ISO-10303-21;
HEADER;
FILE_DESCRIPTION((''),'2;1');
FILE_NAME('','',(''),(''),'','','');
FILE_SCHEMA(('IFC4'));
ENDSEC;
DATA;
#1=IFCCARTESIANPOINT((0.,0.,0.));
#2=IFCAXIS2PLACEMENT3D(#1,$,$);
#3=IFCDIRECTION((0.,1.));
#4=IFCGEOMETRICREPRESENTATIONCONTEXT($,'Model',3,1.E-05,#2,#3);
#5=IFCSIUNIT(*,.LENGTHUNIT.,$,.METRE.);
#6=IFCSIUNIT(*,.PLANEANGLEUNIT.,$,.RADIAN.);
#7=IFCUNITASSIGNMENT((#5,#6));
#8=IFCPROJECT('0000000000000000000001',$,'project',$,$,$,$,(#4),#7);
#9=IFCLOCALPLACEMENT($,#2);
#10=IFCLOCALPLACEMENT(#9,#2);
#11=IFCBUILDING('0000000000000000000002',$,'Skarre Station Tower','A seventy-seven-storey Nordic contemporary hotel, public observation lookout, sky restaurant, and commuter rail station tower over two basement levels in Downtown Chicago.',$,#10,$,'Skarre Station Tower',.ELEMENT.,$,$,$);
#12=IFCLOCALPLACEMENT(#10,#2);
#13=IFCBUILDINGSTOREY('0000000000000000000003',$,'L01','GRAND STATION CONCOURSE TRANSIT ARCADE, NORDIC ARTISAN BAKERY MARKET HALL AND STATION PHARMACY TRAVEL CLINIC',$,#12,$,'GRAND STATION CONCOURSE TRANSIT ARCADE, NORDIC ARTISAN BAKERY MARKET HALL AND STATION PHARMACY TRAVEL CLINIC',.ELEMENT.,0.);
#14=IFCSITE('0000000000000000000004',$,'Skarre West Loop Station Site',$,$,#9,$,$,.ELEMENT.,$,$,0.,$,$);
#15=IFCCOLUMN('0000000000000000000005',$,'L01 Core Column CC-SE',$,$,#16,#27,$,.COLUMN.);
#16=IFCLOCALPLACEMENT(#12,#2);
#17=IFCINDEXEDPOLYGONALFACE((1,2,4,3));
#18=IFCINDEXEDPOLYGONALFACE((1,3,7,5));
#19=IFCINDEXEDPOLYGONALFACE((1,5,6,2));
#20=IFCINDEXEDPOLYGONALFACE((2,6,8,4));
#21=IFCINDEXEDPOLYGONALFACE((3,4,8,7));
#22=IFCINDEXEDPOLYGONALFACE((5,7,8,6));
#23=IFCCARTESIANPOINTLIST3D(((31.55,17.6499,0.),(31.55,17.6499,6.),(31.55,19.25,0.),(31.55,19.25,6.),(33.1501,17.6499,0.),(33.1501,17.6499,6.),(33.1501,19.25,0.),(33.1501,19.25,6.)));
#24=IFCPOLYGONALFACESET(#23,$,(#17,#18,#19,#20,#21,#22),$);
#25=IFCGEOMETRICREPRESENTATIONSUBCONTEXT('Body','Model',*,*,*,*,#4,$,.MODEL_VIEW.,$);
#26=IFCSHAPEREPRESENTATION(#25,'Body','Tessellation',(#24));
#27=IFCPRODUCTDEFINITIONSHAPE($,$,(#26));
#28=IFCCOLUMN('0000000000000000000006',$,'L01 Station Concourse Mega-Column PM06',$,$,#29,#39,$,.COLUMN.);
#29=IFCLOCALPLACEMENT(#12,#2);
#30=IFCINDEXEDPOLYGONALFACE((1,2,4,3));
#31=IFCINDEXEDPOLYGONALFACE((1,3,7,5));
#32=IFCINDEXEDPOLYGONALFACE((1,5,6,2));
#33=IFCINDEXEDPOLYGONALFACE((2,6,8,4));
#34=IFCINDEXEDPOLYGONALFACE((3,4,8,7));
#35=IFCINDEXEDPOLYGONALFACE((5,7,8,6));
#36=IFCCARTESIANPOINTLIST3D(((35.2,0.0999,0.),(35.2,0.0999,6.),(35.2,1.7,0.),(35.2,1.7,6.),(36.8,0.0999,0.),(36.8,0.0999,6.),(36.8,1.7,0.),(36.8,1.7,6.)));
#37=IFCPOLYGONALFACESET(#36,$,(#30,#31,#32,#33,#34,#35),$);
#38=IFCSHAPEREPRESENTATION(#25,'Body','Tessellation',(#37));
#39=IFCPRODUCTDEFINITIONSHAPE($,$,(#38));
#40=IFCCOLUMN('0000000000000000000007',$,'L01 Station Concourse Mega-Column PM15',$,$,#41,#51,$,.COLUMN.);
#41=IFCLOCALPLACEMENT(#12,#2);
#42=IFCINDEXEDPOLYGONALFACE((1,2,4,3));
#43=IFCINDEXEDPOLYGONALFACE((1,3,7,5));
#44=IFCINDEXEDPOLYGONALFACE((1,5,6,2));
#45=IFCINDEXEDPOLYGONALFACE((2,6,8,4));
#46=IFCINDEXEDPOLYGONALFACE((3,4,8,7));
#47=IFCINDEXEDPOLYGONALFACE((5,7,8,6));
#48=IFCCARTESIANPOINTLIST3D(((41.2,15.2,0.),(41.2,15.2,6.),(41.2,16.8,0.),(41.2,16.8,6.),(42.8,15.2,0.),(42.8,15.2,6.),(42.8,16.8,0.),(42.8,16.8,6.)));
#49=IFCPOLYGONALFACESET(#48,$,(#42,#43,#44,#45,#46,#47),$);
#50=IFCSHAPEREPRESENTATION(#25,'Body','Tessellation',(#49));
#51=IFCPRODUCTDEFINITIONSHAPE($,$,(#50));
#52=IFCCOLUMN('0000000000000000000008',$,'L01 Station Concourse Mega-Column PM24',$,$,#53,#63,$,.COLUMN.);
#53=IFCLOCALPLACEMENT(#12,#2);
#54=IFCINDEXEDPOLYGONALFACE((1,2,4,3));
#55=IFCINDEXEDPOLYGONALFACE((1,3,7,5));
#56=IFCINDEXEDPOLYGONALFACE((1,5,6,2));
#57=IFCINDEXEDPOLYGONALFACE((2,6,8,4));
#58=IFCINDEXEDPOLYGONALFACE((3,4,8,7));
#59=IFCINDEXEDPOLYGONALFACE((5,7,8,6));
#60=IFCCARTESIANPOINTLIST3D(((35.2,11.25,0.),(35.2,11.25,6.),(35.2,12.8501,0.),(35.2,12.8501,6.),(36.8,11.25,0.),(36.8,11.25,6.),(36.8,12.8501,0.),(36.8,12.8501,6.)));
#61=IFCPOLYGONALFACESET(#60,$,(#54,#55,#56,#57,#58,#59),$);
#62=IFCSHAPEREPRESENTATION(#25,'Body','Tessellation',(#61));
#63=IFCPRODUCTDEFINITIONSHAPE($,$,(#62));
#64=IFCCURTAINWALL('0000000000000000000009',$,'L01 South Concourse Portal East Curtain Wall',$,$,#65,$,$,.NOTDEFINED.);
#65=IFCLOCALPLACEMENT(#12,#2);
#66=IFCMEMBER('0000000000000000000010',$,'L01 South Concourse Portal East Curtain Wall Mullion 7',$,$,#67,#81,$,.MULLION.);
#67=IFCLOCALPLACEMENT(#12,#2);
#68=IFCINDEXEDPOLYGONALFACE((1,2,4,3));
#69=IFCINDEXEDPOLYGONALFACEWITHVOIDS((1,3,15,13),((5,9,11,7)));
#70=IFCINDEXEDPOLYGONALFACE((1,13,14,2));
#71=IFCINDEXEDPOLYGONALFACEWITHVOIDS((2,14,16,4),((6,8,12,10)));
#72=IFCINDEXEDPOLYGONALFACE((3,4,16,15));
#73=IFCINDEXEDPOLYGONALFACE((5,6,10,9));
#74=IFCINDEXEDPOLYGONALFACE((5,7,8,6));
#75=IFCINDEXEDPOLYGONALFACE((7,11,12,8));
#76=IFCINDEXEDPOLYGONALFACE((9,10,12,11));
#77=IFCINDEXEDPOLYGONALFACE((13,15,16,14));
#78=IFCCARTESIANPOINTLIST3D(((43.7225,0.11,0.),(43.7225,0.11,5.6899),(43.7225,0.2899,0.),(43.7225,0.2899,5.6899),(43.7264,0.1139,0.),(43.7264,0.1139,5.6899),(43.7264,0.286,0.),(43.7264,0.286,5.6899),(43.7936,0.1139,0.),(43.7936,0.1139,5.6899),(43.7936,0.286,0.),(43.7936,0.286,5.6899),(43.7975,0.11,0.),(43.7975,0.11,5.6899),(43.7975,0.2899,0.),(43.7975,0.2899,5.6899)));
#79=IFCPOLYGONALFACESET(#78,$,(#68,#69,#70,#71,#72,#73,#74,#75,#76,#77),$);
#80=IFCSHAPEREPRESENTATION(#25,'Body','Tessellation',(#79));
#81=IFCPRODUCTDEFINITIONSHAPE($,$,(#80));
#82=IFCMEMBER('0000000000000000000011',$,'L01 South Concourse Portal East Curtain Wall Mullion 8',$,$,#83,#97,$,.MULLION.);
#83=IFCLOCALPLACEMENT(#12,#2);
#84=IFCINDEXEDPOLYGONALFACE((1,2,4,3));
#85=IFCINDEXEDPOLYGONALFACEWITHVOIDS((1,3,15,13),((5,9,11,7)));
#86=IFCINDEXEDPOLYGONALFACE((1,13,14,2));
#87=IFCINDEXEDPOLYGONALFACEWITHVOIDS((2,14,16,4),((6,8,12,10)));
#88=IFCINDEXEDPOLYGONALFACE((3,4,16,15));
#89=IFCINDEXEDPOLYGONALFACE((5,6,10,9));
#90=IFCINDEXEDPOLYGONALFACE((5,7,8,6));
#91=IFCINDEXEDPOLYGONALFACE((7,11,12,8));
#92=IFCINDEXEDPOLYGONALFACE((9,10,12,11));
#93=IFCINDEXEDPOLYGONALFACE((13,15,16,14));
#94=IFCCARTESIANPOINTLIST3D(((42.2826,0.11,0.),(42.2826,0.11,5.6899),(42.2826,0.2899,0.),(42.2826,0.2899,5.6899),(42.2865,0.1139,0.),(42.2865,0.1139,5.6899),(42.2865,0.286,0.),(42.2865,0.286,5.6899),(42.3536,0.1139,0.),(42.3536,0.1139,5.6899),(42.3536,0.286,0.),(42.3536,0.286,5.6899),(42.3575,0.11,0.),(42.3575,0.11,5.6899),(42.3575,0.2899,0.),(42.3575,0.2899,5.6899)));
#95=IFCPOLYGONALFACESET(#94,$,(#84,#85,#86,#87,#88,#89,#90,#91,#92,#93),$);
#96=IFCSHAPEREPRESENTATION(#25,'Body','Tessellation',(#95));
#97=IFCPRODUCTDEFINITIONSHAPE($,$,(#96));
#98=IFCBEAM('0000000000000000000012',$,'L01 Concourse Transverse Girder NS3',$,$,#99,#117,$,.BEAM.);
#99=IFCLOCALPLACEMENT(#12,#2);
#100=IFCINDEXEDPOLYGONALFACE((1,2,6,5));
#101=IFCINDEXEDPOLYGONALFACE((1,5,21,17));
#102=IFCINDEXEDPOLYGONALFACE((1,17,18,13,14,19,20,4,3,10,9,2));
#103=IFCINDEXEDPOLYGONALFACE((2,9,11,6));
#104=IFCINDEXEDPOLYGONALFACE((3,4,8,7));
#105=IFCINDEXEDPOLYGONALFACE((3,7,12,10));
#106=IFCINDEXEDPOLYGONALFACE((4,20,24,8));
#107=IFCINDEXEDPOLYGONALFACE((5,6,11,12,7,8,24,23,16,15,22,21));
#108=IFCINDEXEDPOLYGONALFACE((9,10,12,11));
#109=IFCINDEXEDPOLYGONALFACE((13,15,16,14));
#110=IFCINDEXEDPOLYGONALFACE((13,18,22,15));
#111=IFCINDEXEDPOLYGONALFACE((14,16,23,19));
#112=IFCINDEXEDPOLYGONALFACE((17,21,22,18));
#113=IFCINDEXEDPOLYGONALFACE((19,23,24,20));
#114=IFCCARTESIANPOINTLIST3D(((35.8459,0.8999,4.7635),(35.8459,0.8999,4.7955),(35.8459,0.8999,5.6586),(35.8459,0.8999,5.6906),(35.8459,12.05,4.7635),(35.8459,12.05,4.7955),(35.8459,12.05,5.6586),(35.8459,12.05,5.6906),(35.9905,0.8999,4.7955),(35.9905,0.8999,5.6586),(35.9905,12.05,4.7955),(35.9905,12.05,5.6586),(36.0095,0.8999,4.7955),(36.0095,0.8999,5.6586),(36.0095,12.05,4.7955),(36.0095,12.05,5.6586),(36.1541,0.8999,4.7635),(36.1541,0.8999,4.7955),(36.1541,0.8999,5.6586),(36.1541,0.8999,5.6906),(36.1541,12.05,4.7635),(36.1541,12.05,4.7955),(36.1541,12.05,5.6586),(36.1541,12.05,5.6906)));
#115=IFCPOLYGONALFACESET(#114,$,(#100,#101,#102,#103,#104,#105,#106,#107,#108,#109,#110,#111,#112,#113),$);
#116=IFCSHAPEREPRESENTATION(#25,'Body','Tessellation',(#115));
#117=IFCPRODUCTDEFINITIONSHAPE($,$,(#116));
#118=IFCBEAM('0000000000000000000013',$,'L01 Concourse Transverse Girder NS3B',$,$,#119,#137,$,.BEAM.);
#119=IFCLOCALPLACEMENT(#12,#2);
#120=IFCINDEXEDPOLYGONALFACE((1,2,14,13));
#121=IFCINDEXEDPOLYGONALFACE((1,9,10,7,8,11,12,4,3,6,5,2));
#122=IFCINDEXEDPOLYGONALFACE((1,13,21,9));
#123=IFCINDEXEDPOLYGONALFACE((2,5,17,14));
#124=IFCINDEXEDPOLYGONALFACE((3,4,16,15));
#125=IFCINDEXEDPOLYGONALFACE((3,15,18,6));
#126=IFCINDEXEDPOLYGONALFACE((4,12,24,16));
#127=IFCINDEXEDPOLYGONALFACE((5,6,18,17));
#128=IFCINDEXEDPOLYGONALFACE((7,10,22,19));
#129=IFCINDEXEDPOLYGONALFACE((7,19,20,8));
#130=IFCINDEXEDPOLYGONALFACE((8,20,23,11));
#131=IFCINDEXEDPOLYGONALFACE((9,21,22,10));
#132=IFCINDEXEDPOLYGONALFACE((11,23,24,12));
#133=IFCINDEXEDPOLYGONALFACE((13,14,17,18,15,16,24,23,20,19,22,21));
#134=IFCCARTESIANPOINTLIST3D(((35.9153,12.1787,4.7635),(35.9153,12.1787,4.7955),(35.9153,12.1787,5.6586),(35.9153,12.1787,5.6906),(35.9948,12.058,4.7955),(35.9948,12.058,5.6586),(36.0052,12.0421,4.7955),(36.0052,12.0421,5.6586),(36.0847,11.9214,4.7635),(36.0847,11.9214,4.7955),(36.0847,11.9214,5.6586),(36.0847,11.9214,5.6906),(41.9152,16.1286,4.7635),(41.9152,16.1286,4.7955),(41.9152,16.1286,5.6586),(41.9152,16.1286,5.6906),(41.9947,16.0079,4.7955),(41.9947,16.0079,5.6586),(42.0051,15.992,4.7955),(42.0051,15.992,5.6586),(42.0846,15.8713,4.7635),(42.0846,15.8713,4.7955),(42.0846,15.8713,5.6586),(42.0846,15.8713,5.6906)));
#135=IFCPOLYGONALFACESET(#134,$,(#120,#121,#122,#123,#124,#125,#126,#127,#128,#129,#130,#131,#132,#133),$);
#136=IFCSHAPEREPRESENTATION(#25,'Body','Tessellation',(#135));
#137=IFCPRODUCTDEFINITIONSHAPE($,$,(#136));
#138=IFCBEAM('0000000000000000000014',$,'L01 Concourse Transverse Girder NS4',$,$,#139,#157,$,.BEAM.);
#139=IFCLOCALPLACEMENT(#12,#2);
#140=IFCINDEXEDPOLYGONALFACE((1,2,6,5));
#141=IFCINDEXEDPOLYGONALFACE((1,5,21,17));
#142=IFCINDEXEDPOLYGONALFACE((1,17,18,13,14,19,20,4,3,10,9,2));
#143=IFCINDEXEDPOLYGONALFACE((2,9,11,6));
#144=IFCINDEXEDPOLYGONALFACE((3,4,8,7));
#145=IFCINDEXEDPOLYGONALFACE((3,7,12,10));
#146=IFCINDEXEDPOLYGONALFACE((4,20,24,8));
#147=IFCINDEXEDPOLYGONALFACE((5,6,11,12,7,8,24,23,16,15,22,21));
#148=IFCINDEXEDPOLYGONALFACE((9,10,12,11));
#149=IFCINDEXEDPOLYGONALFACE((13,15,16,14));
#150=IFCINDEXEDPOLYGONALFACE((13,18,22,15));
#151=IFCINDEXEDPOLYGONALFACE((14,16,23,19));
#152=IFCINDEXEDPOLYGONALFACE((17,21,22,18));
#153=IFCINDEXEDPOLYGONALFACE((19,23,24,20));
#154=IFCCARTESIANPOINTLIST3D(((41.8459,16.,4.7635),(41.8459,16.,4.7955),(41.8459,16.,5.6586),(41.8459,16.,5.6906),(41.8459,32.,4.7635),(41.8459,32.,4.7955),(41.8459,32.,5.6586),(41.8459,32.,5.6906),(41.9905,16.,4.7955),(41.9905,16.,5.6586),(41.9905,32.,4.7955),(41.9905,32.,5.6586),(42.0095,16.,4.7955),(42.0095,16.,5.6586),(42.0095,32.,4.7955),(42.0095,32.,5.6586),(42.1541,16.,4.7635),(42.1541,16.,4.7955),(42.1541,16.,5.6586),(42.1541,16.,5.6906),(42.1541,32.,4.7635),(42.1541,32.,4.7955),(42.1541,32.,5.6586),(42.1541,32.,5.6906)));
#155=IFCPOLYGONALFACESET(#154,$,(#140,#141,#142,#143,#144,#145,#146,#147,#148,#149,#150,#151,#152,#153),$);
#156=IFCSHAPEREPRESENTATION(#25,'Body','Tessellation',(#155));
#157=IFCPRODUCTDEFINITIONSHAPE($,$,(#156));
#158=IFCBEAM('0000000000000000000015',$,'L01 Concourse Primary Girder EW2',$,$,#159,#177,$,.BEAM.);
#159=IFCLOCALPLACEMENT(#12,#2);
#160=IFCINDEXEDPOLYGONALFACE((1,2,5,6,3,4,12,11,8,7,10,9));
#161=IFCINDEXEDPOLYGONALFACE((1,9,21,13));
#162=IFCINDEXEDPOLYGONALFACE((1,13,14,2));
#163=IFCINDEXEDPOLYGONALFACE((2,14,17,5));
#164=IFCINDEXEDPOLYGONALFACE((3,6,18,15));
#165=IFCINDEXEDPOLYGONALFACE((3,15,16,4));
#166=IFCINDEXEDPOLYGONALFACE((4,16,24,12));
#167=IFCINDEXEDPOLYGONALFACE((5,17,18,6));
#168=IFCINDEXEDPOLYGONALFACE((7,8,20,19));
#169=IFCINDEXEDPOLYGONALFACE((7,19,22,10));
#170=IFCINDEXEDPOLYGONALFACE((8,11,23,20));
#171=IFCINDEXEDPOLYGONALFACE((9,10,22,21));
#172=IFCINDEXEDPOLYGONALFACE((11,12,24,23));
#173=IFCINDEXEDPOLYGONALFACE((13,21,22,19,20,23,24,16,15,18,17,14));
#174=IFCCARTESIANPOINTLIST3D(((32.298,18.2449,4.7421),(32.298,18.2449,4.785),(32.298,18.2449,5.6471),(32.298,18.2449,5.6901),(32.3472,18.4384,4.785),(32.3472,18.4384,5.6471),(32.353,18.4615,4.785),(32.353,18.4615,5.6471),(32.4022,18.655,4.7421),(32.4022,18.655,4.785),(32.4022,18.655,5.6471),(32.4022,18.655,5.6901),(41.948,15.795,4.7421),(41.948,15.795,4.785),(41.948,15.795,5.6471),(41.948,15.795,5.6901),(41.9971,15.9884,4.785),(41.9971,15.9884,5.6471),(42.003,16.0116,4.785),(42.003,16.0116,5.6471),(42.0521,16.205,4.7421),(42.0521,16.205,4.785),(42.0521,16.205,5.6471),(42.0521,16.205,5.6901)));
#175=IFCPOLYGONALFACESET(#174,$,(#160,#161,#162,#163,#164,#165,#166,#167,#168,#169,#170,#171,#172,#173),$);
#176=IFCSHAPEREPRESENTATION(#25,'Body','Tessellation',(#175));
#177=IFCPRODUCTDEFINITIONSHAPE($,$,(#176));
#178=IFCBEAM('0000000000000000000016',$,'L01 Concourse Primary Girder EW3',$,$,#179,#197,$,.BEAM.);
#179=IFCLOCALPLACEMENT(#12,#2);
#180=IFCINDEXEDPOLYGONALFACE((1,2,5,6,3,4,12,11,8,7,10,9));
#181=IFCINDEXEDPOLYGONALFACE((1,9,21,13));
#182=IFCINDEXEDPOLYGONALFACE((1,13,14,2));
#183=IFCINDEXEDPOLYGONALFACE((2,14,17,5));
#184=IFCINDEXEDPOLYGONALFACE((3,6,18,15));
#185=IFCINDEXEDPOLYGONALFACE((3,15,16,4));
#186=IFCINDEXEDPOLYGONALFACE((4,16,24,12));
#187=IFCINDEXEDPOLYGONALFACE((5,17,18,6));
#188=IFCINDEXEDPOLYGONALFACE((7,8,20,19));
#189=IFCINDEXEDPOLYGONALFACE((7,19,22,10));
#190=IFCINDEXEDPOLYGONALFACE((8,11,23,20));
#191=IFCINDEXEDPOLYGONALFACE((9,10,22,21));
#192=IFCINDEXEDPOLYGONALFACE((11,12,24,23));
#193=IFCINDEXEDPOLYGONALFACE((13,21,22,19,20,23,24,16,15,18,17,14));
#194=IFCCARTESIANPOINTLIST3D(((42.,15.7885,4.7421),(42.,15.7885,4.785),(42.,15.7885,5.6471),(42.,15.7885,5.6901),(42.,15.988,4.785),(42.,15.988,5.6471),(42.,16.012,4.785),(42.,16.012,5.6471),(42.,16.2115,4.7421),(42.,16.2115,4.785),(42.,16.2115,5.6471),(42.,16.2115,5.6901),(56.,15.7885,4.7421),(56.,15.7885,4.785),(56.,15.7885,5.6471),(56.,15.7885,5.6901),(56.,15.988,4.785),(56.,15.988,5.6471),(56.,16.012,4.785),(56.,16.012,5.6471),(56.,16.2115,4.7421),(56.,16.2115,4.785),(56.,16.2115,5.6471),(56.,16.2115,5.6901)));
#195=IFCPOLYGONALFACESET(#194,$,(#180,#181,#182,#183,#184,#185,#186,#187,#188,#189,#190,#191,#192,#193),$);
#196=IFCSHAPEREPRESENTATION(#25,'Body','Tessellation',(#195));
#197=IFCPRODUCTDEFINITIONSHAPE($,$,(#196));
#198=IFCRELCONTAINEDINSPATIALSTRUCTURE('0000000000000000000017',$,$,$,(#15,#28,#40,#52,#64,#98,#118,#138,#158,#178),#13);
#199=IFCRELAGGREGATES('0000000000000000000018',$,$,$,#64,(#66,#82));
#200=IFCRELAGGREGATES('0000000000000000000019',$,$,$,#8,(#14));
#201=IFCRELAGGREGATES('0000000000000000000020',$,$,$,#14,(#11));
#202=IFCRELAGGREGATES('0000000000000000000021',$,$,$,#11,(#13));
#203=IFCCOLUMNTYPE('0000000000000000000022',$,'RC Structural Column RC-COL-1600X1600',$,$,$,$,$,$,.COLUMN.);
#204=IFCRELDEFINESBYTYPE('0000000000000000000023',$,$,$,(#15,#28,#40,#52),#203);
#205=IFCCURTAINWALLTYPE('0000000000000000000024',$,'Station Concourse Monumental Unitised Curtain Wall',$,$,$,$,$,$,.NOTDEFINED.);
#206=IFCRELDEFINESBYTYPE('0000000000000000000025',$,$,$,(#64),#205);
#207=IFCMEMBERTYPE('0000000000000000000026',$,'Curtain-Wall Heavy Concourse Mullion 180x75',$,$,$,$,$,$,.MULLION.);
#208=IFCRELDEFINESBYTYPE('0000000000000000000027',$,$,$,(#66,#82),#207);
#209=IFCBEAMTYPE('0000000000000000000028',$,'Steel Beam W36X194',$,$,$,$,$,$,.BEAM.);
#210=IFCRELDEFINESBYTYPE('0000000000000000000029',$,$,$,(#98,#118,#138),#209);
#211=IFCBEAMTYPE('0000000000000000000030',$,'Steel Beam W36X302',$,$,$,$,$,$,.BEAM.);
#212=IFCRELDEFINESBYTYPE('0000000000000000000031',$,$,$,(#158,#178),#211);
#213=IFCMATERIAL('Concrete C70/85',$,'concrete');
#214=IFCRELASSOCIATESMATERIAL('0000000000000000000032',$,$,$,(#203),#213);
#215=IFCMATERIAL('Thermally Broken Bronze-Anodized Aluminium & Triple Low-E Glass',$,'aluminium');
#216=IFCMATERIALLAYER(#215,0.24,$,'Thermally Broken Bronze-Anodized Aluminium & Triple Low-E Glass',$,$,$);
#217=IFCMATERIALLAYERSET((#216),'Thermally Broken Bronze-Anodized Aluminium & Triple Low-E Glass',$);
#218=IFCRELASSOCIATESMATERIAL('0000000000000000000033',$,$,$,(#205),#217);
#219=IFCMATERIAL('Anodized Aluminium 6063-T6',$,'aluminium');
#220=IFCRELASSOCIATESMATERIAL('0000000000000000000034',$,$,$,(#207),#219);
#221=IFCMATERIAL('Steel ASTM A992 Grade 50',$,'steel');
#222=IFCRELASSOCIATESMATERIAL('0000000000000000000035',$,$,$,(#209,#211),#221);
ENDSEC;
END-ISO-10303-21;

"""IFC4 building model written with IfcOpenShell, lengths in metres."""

from ifc_helpers import new_model, si_unit, direction, frame, origin, origin_2d, place, context, subcontext, project, spatial, rectangle, hollow_rectangle, i_section, extrude, material, layer, layer_set, material_profile, profile_set, type_object, element, aggregate, save


model = new_model("IFC4")

# Units and contexts
model_context = context("Model", 3, precision=1e-05, world=origin(), true_north=direction((0.0, 1.0)))
body_context = subcontext(model_context, "Body", "Model", "MODEL_VIEW")
ifc_project = project(units=[si_unit("LENGTHUNIT", "METRE"), si_unit("PLANEANGLEUNIT", "RADIAN")], contexts=[model_context])

# Site, building, storey
site_placement = place(None, origin())
site = spatial("IfcSite", under=ifc_project, at=site_placement, Name="Skarre West Loop Station Site", CompositionType="ELEMENT", RefElevation=0.0)
building_placement = place(site_placement, origin())
building = spatial("IfcBuilding", under=site, at=building_placement, Name="Skarre Station Tower", Description="A seventy-seven-storey Nordic contemporary hotel, public observation lookout, sky restaurant, and commuter rail station tower over two basement levels in Downtown Chicago.", LongName="Skarre Station Tower", CompositionType="ELEMENT")
storey_placement = place(building_placement, origin())
storey = spatial("IfcBuildingStorey", under=building, at=storey_placement, Name="L01", Description="GRAND STATION CONCOURSE TRANSIT ARCADE, NORDIC ARTISAN BAKERY MARKET HALL AND STATION PHARMACY TRAVEL CLINIC", LongName="GRAND STATION CONCOURSE TRANSIT ARCADE, NORDIC ARTISAN BAKERY MARKET HALL AND STATION PHARMACY TRAVEL CLINIC", CompositionType="ELEMENT", Elevation=0.0)

# Columns
ifc_material_1 = material(Name="Concrete C70/85", Category="concrete")
ifc_material_profile_1 = material_profile(ifc_material_1, rectangle(XDim=1.6001, YDim=1.6001, at=origin_2d()), Name="Concrete C70/85")
ifc_profile_set_1 = profile_set([ifc_material_profile_1], Name="Concrete C70/85")
column_type = type_object("IfcColumnType", Name="RC Structural Column RC-COL-1600X1600", PredefinedType="COLUMN", material=ifc_profile_set_1)
for number, where, z_axis, x_axis, name in (
    (1, (32.3501, 18.45, 0.0), (0.0, 0.0, 1.0), (1.0, 0.0, 0.0), "L01 Core Column CC-SE"),
    (2, (36.0, 0.8999, 0.0), (0.0, 0.0, 1.0), (1.0, 0.0, 0.0), "L01 Station Concourse Mega-Column PM06"),
    (3, (42.0, 16.0, 0.0), (0.0, 0.0, 1.0), (1.0, 0.0, 0.0), "L01 Station Concourse Mega-Column PM15"),
    (4, (36.0, 12.05, 0.0), (0.0, 0.0, 1.0), (1.0, 0.0, 0.0), "L01 Station Concourse Mega-Column PM24"),
):
    element("IfcColumn", number, at=place(storey_placement, frame(where, z_axis=z_axis, x_axis=x_axis)), inside=storey, type_object=column_type, Name=name, PredefinedType="COLUMN", context=body_context, shape_type="SweptSolid", body=[
        extrude(rectangle(XDim=1.6001, YDim=1.6001, at=origin_2d()), origin(), (0.0, 0.0, 1.0), 6.0),
    ])

# Curtain wall, members
ifc_material_2 = material(Name="Thermally Broken Bronze-Anodized Aluminium & Triple Low-E Glass", Category="aluminium")
ifc_layer_1 = layer(ifc_material_2, 0.24, Name="Thermally Broken Bronze-Anodized Aluminium & Triple Low-E Glass")
ifc_layer_set_1 = layer_set([ifc_layer_1], Name="Thermally Broken Bronze-Anodized Aluminium & Triple Low-E Glass")
curtain_wall_type = type_object("IfcCurtainWallType", Name="Station Concourse Monumental Unitised Curtain Wall", PredefinedType="NOTDEFINED", material=ifc_layer_set_1)
curtain_wall_placement = place(storey_placement, origin())
curtain_wall = element("IfcCurtainWall", 5, at=curtain_wall_placement, inside=storey, type_object=curtain_wall_type, Name="L01 South Concourse Portal East Curtain Wall", PredefinedType="NOTDEFINED")
ifc_material_3 = material(Name="Anodized Aluminium 6063-T6", Category="aluminium")
ifc_material_profile_2 = material_profile(ifc_material_3, hollow_rectangle(XDim=0.075, YDim=0.1799, WallThickness=0.0039, at=origin_2d()), Name="Anodized Aluminium 6063-T6")
ifc_profile_set_2 = profile_set([ifc_material_profile_2], Name="Anodized Aluminium 6063-T6")
member_type = type_object("IfcMemberType", Name="Curtain-Wall Heavy Concourse Mullion 180x75", PredefinedType="MULLION", material=ifc_profile_set_2)
member_1_placement = place(storey_placement, frame((43.76, 0.2, 0.0), z_axis=(0.0, 0.0, 1.0), x_axis=(-1.0, 0.0, 0.0)))
member_1 = element("IfcMember", 6, at=member_1_placement, type_object=member_type, Name="L01 South Concourse Portal East Curtain Wall Mullion 7", PredefinedType="MULLION", context=body_context, shape_type="SweptSolid", body=[
    extrude(hollow_rectangle(XDim=0.075, YDim=0.1799, WallThickness=0.0039, at=origin_2d()), origin(), (0.0, 0.0, 1.0), 5.6899),
])
member_2_placement = place(storey_placement, frame((42.3201, 0.2, 0.0), z_axis=(0.0, 0.0, 1.0), x_axis=(-1.0, 0.0, 0.0)))
member_2 = element("IfcMember", 7, at=member_2_placement, type_object=member_type, Name="L01 South Concourse Portal East Curtain Wall Mullion 8", PredefinedType="MULLION", context=body_context, shape_type="SweptSolid", body=[
    extrude(hollow_rectangle(XDim=0.075, YDim=0.1799, WallThickness=0.0039, at=origin_2d()), origin(), (0.0, 0.0, 1.0), 5.6899),
])

# Beams
ifc_material_4 = material(Name="Steel ASTM A992 Grade 50", Category="steel")
ifc_material_profile_3 = material_profile(ifc_material_4, i_section(OverallWidth=0.3081, OverallDepth=0.927, WebThickness=0.019, FlangeThickness=0.032, at=origin_2d()), Name="Steel ASTM A992 Grade 50")
ifc_profile_set_3 = profile_set([ifc_material_profile_3], Name="Steel ASTM A992 Grade 50")
beam_type_1 = type_object("IfcBeamType", Name="Steel Beam W36X194", PredefinedType="BEAM", material=ifc_profile_set_3)
beam_1_placement = place(storey_placement, frame((36.0, 0.8999, 5.2271), z_axis=(0.0, 1.0, 0.0), x_axis=(-1.0, 0.0, 0.0)))
element("IfcBeam", 8, at=beam_1_placement, inside=storey, type_object=beam_type_1, Name="L01 Concourse Transverse Girder NS3", PredefinedType="BEAM", context=body_context, shape_type="SweptSolid", body=[
    extrude(i_section(OverallWidth=0.3081, OverallDepth=0.927, WebThickness=0.019, FlangeThickness=0.032, at=origin_2d()), origin(), (0.0, 0.0, 1.0), 11.1501),
])
beam_2_placement = place(storey_placement, frame((36.0, 12.05, 5.2271), z_axis=(0.835252, 0.549867, 0.0), x_axis=(-0.549867, 0.835252, 0.0)))
element("IfcBeam", 9, at=beam_2_placement, inside=storey, type_object=beam_type_1, Name="L01 Concourse Transverse Girder NS3B", PredefinedType="BEAM", context=body_context, shape_type="SweptSolid", body=[
    extrude(i_section(OverallWidth=0.3081, OverallDepth=0.927, WebThickness=0.019, FlangeThickness=0.032, at=origin_2d()), origin(), (0.0, 0.0, 1.0), 7.1833),
])
beam_3_placement = place(storey_placement, frame((42.0, 16.0, 5.2271), z_axis=(0.0, 1.0, 0.0), x_axis=(-1.0, 0.0, 0.0)))
element("IfcBeam", 10, at=beam_3_placement, inside=storey, type_object=beam_type_1, Name="L01 Concourse Transverse Girder NS4", PredefinedType="BEAM", context=body_context, shape_type="SweptSolid", body=[
    extrude(i_section(OverallWidth=0.3081, OverallDepth=0.927, WebThickness=0.019, FlangeThickness=0.032, at=origin_2d()), origin(), (0.0, 0.0, 1.0), 16.0),
])
ifc_material_profile_4 = material_profile(ifc_material_4, i_section(OverallWidth=0.4231, OverallDepth=0.948, WebThickness=0.0239, FlangeThickness=0.043, at=origin_2d()), Name="Steel ASTM A992 Grade 50")
ifc_profile_set_4 = profile_set([ifc_material_profile_4], Name="Steel ASTM A992 Grade 50")
beam_type_2 = type_object("IfcBeamType", Name="Steel Beam W36X302", PredefinedType="BEAM", material=ifc_profile_set_4)
beam_4_placement = place(storey_placement, frame((32.3501, 18.45, 5.2161), z_axis=(0.96925, -0.246077, 0.0), x_axis=(0.246077, 0.96925, 0.0)))
element("IfcBeam", 11, at=beam_4_placement, inside=storey, type_object=beam_type_2, Name="L01 Concourse Primary Girder EW2", PredefinedType="BEAM", context=body_context, shape_type="SweptSolid", body=[
    extrude(i_section(OverallWidth=0.4231, OverallDepth=0.948, WebThickness=0.0239, FlangeThickness=0.043, at=origin_2d()), origin(), (0.0, 0.0, 1.0), 9.9561),
])
beam_5_placement = place(storey_placement, frame((42.0, 16.0, 5.2161), z_axis=(1.0, 0.0, 0.0), x_axis=(0.0, 1.0, 0.0)))
element("IfcBeam", 12, at=beam_5_placement, inside=storey, type_object=beam_type_2, Name="L01 Concourse Primary Girder EW3", PredefinedType="BEAM", context=body_context, shape_type="SweptSolid", body=[
    extrude(i_section(OverallWidth=0.4231, OverallDepth=0.948, WebThickness=0.0239, FlangeThickness=0.043, at=origin_2d()), origin(), (0.0, 0.0, 1.0), 14.0),
])

aggregate(curtain_wall, [member_1, member_2])

save(model, "model.ifc")
